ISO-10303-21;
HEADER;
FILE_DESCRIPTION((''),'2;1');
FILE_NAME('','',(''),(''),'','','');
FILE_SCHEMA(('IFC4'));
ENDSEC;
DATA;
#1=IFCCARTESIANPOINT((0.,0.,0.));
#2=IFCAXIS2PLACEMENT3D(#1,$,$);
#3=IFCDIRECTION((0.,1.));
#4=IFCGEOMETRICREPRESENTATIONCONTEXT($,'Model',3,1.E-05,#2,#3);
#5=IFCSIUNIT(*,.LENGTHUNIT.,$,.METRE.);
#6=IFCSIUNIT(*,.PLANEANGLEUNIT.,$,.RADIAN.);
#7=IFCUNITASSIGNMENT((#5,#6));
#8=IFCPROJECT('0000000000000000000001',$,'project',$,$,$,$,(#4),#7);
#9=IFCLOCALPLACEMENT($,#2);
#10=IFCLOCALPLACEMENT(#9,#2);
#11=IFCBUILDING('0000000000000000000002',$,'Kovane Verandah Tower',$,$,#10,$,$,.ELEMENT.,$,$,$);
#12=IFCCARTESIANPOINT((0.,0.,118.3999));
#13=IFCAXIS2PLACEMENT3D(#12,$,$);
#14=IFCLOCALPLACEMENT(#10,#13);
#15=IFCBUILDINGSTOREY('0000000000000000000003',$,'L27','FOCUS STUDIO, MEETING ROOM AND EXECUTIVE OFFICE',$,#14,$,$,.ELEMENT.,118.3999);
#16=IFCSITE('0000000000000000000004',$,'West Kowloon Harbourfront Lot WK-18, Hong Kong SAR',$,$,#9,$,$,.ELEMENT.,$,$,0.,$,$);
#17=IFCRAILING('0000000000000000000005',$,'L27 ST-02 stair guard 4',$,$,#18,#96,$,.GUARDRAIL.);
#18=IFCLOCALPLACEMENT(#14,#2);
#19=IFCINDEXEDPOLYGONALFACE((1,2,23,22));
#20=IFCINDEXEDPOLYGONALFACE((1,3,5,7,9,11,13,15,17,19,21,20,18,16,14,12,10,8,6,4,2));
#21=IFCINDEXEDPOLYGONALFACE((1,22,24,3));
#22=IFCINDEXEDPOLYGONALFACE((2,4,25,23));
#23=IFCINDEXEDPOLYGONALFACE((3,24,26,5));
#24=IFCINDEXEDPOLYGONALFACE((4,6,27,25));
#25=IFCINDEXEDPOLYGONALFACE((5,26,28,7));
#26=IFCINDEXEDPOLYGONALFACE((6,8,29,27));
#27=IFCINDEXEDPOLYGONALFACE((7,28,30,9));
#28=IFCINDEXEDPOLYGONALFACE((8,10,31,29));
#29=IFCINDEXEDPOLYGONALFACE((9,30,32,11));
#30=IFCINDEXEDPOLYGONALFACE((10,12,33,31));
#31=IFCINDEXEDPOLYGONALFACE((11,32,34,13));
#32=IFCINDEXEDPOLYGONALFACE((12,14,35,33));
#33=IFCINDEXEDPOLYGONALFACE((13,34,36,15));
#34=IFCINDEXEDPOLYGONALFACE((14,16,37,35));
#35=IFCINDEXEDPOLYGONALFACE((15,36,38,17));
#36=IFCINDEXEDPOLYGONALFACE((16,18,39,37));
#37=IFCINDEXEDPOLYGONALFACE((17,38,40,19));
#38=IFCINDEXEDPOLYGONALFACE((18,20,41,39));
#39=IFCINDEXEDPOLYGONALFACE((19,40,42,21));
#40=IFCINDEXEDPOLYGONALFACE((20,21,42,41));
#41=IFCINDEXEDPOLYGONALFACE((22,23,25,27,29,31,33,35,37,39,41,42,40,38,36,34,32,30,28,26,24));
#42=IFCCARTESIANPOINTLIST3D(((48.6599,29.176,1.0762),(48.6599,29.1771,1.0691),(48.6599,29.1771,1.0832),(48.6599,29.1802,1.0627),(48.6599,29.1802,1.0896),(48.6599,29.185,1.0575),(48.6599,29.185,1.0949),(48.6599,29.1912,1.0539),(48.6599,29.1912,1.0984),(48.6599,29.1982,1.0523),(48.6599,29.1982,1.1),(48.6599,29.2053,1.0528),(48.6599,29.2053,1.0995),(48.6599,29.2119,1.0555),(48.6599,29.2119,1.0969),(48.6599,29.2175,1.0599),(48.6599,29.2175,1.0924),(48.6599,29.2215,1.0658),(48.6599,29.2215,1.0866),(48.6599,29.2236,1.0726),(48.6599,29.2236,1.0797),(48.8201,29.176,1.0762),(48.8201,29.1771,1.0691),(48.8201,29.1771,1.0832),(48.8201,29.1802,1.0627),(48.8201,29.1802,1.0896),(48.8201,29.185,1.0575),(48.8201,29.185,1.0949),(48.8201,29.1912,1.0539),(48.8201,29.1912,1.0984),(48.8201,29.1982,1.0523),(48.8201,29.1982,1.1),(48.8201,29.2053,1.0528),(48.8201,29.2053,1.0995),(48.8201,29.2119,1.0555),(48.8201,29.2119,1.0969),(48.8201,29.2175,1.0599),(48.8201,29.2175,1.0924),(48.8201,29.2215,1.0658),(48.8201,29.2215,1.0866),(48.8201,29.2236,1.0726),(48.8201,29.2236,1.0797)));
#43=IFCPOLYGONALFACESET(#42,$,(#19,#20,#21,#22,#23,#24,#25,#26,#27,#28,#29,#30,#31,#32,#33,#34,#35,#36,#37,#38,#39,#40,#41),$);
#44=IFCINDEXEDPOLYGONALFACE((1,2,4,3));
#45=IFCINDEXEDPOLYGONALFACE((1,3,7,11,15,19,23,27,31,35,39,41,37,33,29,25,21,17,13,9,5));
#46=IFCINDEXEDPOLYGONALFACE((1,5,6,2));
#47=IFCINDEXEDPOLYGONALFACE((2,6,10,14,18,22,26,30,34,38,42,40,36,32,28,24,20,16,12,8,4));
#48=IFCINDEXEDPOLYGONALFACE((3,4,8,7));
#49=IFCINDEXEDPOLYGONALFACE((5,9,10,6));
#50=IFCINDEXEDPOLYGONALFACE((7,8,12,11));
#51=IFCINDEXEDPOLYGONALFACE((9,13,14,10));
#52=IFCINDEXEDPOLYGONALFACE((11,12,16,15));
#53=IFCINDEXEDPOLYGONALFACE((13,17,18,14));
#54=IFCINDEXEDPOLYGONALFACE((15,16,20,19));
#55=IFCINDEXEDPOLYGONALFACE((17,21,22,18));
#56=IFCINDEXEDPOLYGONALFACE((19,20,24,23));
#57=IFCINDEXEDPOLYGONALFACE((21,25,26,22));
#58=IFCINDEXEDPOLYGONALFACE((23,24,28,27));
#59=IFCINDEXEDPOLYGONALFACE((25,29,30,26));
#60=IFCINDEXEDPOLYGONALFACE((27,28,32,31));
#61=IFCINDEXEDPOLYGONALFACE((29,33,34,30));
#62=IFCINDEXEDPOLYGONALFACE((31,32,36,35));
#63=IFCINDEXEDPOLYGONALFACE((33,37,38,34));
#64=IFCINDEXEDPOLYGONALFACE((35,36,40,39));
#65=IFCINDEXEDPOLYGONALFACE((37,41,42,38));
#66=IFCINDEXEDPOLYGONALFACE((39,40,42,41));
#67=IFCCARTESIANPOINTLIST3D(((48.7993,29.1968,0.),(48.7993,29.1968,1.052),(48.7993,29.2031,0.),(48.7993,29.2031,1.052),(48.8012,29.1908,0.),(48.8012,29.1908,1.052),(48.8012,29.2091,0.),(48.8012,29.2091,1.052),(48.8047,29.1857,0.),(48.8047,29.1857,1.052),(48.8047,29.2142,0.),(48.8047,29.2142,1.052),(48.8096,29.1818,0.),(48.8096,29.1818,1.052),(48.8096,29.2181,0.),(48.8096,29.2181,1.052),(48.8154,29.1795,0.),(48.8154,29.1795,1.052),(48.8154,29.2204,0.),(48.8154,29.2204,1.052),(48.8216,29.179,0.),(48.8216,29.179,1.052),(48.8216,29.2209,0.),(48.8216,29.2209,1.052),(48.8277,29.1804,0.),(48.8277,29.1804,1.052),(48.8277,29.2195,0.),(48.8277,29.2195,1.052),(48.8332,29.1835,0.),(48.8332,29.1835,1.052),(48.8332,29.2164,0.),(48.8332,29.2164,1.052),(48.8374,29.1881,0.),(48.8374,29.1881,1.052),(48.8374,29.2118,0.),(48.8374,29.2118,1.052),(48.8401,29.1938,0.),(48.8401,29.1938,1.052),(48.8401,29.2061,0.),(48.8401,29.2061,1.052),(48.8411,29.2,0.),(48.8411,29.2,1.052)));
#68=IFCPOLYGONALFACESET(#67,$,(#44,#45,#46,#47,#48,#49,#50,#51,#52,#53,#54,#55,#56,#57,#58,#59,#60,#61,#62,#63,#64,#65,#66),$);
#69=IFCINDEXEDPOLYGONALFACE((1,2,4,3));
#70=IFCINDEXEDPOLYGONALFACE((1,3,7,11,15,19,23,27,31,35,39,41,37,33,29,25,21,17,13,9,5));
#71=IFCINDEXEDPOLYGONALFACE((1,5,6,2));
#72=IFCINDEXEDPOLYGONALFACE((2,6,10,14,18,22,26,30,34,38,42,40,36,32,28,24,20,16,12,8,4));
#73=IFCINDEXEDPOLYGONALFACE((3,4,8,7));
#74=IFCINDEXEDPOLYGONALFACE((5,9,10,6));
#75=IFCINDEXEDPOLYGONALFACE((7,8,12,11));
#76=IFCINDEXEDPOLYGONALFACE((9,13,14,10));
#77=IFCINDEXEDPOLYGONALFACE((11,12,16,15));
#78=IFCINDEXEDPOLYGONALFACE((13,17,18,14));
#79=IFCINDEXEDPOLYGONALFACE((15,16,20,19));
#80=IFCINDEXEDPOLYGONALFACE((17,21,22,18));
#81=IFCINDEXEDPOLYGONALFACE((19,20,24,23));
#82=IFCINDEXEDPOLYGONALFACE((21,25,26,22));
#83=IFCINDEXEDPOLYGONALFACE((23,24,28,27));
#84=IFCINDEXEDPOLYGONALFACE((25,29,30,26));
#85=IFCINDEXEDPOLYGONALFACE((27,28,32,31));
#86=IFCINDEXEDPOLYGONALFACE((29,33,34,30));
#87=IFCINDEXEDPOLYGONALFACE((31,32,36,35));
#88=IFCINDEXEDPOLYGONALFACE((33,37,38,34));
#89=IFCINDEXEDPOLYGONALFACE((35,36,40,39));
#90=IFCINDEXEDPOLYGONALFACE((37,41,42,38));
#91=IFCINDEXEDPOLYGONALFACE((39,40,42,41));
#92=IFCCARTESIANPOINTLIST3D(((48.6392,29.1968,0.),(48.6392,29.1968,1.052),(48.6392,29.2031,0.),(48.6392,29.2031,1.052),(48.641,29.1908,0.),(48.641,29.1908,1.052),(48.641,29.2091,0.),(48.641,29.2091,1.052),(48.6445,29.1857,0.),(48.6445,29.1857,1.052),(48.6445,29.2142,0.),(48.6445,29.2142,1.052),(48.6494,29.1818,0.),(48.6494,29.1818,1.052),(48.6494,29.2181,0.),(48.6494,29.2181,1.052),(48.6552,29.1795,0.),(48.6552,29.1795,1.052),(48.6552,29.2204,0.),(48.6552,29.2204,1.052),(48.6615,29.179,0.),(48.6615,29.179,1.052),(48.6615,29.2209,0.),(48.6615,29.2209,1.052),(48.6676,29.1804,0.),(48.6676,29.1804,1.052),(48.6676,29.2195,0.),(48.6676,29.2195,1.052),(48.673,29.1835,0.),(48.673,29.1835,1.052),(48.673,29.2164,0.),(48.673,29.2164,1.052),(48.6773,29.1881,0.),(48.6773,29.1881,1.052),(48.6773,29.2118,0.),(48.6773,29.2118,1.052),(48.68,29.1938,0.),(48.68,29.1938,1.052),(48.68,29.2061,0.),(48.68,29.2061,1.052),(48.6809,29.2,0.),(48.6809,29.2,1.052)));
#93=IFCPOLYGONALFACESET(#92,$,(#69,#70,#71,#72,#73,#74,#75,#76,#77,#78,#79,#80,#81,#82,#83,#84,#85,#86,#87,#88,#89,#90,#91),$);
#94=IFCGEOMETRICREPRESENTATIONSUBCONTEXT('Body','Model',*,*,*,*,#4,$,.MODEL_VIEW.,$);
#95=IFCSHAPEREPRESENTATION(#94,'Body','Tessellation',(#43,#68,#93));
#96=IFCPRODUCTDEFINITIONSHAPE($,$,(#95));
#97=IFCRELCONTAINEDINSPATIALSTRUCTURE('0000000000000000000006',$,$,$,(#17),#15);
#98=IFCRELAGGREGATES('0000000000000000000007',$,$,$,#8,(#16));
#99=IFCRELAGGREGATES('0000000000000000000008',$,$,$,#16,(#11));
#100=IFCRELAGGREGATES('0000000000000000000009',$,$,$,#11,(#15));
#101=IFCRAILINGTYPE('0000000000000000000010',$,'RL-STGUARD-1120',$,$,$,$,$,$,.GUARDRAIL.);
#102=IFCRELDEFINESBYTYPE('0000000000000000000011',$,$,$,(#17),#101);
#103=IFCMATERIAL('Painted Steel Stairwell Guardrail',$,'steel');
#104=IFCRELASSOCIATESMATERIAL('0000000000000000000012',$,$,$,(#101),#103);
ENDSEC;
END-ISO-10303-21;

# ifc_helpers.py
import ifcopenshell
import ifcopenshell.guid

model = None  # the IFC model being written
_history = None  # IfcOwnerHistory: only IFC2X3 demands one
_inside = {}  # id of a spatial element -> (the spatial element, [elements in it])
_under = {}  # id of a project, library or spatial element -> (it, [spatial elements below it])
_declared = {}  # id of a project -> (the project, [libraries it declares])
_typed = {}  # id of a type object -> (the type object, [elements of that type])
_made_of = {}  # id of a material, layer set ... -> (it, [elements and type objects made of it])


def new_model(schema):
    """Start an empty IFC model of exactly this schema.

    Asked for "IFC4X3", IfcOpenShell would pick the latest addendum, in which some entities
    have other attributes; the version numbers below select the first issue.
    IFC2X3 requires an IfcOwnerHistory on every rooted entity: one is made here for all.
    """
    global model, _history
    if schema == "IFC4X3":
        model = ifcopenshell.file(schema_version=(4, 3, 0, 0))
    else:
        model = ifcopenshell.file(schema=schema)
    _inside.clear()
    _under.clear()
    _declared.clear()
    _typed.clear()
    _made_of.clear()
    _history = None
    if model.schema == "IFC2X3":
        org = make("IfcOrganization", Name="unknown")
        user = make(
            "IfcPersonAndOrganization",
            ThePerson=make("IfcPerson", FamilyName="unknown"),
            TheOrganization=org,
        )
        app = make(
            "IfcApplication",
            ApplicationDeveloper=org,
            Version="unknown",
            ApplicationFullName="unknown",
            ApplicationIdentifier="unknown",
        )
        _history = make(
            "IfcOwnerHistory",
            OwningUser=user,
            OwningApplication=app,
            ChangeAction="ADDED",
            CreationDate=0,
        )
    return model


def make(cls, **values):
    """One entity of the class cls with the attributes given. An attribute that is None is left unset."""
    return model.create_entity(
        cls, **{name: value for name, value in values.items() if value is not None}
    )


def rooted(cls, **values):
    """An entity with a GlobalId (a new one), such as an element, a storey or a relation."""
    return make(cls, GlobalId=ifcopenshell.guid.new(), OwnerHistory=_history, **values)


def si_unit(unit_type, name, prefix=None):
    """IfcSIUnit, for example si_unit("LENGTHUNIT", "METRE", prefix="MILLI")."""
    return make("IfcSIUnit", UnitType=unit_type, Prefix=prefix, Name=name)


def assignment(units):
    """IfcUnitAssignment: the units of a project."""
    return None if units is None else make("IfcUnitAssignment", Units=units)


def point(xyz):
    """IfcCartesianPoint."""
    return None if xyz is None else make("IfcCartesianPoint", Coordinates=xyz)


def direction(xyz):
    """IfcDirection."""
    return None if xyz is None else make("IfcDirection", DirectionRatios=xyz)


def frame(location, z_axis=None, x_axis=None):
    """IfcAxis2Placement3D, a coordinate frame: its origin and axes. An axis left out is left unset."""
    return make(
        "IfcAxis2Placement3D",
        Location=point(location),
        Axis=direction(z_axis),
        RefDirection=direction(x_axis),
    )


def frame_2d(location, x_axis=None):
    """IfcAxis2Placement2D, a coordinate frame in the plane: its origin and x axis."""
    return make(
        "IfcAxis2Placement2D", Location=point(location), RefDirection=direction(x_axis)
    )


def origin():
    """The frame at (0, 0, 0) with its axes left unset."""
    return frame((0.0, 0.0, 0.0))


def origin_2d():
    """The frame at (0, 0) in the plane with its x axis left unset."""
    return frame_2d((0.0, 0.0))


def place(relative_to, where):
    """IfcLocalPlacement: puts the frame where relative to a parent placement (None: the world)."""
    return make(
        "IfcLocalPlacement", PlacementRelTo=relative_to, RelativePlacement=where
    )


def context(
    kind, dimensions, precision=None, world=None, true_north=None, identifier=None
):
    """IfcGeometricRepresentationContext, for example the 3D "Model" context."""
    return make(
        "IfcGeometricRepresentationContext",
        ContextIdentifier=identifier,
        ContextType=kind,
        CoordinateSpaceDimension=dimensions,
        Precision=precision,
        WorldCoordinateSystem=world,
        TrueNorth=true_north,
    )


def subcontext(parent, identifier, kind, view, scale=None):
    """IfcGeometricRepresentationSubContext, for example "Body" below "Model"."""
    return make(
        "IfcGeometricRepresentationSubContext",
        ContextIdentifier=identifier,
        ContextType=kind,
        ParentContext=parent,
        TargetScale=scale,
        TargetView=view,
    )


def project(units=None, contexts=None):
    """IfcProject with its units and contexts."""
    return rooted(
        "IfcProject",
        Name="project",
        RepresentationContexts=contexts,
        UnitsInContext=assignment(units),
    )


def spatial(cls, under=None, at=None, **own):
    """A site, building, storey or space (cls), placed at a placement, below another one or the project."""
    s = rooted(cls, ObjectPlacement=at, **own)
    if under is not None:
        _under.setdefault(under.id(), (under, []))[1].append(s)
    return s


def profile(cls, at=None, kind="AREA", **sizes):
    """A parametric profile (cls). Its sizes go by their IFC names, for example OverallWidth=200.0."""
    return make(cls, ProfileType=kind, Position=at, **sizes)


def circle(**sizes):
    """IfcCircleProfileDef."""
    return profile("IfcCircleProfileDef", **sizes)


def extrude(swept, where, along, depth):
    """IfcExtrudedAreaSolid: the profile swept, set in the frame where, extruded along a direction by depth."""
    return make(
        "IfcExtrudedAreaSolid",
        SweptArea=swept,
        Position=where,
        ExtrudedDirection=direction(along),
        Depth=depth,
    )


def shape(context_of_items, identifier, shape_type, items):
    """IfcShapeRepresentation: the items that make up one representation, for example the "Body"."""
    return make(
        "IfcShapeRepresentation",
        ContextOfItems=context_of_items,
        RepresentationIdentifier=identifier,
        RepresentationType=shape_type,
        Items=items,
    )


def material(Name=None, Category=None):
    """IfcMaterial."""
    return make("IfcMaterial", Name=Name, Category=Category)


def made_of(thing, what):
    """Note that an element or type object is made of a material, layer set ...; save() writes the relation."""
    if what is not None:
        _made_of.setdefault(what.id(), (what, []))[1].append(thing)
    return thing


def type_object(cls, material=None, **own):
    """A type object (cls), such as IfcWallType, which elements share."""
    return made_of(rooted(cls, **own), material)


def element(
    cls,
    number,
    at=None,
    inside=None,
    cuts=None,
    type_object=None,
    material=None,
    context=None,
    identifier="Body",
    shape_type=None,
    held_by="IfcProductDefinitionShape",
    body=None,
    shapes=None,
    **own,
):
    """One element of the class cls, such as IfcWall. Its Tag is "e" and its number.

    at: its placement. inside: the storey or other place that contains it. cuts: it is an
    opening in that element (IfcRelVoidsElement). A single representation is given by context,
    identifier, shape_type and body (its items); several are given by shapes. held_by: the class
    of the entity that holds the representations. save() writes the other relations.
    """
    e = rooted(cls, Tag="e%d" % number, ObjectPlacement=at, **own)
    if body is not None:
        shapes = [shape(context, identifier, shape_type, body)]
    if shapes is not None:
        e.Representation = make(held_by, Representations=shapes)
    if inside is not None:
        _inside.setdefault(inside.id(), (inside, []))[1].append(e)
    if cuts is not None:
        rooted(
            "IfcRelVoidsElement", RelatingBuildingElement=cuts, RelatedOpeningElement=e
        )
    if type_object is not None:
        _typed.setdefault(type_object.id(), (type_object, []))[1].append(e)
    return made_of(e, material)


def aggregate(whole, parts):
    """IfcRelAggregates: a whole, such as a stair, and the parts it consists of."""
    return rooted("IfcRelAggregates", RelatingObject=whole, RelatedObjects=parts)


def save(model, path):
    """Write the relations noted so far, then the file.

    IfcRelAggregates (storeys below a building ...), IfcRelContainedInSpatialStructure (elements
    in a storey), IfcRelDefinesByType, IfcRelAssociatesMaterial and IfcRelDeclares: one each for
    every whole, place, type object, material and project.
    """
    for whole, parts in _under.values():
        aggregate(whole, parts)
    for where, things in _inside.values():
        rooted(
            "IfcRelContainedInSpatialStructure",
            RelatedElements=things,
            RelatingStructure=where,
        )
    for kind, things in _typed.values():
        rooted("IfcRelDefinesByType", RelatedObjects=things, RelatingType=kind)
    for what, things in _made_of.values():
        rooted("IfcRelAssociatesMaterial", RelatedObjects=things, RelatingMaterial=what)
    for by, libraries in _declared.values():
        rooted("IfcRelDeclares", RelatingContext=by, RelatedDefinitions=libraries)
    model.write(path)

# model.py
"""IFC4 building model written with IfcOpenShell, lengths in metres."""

from ifc_helpers import new_model, si_unit, direction, frame, origin, origin_2d, place, context, subcontext, project, spatial, circle, extrude, material, type_object, element, save


model = new_model("IFC4")

# Units and contexts
model_context = context("Model", 3, precision=1e-05, world=origin(), true_north=direction((0.0, 1.0)))
body_context = subcontext(model_context, "Body", "Model", "MODEL_VIEW")
ifc_project = project(units=[si_unit("LENGTHUNIT", "METRE"), si_unit("PLANEANGLEUNIT", "RADIAN")], contexts=[model_context])

# Site, building, storey
site_placement = place(None, origin())
site = spatial("IfcSite", under=ifc_project, at=site_placement, Name="West Kowloon Harbourfront Lot WK-18, Hong Kong SAR", CompositionType="ELEMENT", RefElevation=0.0)
building_placement = place(site_placement, origin())
building = spatial("IfcBuilding", under=site, at=building_placement, Name="Kovane Verandah Tower", CompositionType="ELEMENT")
storey_placement = place(building_placement, frame((0.0, 0.0, 118.3999)))
storey = spatial("IfcBuildingStorey", under=building, at=storey_placement, Name="L27", Description="FOCUS STUDIO, MEETING ROOM AND EXECUTIVE OFFICE", CompositionType="ELEMENT", Elevation=118.3999)

# Railing
ifc_material_1 = material(Name="Painted Steel Stairwell Guardrail", Category="steel")
railing_type_1 = type_object("IfcRailingType", Name="RL-STGUARD-1120", PredefinedType="GUARDRAIL", material=ifc_material_1)
railing_1_placement = place(storey_placement, frame((48.8201, 29.2, 0.0)))
element("IfcRailing", 1, at=railing_1_placement, inside=storey, type_object=railing_type_1, Name="L27 ST-02 stair guard 4", PredefinedType="GUARDRAIL", context=body_context, shape_type="SweptSolid", body=[
    extrude(circle(Radius=0.0239, at=origin_2d()), frame((0.0, 0.0, 1.0762), z_axis=(-1.0, 0.0, 0.0), x_axis=(0.0, -1.0, 0.0)), (0.0, 0.0, 1.0), 0.1602),
    extrude(circle(Radius=0.021, at=origin_2d()), origin(), (0.0, 0.0, 1.0), 1.052),
    extrude(circle(Radius=0.021, at=origin_2d()), frame((-0.1602, 0.0, 0.0)), (0.0, 0.0, 1.0), 1.052),
])

save(model, "model.ifc")
